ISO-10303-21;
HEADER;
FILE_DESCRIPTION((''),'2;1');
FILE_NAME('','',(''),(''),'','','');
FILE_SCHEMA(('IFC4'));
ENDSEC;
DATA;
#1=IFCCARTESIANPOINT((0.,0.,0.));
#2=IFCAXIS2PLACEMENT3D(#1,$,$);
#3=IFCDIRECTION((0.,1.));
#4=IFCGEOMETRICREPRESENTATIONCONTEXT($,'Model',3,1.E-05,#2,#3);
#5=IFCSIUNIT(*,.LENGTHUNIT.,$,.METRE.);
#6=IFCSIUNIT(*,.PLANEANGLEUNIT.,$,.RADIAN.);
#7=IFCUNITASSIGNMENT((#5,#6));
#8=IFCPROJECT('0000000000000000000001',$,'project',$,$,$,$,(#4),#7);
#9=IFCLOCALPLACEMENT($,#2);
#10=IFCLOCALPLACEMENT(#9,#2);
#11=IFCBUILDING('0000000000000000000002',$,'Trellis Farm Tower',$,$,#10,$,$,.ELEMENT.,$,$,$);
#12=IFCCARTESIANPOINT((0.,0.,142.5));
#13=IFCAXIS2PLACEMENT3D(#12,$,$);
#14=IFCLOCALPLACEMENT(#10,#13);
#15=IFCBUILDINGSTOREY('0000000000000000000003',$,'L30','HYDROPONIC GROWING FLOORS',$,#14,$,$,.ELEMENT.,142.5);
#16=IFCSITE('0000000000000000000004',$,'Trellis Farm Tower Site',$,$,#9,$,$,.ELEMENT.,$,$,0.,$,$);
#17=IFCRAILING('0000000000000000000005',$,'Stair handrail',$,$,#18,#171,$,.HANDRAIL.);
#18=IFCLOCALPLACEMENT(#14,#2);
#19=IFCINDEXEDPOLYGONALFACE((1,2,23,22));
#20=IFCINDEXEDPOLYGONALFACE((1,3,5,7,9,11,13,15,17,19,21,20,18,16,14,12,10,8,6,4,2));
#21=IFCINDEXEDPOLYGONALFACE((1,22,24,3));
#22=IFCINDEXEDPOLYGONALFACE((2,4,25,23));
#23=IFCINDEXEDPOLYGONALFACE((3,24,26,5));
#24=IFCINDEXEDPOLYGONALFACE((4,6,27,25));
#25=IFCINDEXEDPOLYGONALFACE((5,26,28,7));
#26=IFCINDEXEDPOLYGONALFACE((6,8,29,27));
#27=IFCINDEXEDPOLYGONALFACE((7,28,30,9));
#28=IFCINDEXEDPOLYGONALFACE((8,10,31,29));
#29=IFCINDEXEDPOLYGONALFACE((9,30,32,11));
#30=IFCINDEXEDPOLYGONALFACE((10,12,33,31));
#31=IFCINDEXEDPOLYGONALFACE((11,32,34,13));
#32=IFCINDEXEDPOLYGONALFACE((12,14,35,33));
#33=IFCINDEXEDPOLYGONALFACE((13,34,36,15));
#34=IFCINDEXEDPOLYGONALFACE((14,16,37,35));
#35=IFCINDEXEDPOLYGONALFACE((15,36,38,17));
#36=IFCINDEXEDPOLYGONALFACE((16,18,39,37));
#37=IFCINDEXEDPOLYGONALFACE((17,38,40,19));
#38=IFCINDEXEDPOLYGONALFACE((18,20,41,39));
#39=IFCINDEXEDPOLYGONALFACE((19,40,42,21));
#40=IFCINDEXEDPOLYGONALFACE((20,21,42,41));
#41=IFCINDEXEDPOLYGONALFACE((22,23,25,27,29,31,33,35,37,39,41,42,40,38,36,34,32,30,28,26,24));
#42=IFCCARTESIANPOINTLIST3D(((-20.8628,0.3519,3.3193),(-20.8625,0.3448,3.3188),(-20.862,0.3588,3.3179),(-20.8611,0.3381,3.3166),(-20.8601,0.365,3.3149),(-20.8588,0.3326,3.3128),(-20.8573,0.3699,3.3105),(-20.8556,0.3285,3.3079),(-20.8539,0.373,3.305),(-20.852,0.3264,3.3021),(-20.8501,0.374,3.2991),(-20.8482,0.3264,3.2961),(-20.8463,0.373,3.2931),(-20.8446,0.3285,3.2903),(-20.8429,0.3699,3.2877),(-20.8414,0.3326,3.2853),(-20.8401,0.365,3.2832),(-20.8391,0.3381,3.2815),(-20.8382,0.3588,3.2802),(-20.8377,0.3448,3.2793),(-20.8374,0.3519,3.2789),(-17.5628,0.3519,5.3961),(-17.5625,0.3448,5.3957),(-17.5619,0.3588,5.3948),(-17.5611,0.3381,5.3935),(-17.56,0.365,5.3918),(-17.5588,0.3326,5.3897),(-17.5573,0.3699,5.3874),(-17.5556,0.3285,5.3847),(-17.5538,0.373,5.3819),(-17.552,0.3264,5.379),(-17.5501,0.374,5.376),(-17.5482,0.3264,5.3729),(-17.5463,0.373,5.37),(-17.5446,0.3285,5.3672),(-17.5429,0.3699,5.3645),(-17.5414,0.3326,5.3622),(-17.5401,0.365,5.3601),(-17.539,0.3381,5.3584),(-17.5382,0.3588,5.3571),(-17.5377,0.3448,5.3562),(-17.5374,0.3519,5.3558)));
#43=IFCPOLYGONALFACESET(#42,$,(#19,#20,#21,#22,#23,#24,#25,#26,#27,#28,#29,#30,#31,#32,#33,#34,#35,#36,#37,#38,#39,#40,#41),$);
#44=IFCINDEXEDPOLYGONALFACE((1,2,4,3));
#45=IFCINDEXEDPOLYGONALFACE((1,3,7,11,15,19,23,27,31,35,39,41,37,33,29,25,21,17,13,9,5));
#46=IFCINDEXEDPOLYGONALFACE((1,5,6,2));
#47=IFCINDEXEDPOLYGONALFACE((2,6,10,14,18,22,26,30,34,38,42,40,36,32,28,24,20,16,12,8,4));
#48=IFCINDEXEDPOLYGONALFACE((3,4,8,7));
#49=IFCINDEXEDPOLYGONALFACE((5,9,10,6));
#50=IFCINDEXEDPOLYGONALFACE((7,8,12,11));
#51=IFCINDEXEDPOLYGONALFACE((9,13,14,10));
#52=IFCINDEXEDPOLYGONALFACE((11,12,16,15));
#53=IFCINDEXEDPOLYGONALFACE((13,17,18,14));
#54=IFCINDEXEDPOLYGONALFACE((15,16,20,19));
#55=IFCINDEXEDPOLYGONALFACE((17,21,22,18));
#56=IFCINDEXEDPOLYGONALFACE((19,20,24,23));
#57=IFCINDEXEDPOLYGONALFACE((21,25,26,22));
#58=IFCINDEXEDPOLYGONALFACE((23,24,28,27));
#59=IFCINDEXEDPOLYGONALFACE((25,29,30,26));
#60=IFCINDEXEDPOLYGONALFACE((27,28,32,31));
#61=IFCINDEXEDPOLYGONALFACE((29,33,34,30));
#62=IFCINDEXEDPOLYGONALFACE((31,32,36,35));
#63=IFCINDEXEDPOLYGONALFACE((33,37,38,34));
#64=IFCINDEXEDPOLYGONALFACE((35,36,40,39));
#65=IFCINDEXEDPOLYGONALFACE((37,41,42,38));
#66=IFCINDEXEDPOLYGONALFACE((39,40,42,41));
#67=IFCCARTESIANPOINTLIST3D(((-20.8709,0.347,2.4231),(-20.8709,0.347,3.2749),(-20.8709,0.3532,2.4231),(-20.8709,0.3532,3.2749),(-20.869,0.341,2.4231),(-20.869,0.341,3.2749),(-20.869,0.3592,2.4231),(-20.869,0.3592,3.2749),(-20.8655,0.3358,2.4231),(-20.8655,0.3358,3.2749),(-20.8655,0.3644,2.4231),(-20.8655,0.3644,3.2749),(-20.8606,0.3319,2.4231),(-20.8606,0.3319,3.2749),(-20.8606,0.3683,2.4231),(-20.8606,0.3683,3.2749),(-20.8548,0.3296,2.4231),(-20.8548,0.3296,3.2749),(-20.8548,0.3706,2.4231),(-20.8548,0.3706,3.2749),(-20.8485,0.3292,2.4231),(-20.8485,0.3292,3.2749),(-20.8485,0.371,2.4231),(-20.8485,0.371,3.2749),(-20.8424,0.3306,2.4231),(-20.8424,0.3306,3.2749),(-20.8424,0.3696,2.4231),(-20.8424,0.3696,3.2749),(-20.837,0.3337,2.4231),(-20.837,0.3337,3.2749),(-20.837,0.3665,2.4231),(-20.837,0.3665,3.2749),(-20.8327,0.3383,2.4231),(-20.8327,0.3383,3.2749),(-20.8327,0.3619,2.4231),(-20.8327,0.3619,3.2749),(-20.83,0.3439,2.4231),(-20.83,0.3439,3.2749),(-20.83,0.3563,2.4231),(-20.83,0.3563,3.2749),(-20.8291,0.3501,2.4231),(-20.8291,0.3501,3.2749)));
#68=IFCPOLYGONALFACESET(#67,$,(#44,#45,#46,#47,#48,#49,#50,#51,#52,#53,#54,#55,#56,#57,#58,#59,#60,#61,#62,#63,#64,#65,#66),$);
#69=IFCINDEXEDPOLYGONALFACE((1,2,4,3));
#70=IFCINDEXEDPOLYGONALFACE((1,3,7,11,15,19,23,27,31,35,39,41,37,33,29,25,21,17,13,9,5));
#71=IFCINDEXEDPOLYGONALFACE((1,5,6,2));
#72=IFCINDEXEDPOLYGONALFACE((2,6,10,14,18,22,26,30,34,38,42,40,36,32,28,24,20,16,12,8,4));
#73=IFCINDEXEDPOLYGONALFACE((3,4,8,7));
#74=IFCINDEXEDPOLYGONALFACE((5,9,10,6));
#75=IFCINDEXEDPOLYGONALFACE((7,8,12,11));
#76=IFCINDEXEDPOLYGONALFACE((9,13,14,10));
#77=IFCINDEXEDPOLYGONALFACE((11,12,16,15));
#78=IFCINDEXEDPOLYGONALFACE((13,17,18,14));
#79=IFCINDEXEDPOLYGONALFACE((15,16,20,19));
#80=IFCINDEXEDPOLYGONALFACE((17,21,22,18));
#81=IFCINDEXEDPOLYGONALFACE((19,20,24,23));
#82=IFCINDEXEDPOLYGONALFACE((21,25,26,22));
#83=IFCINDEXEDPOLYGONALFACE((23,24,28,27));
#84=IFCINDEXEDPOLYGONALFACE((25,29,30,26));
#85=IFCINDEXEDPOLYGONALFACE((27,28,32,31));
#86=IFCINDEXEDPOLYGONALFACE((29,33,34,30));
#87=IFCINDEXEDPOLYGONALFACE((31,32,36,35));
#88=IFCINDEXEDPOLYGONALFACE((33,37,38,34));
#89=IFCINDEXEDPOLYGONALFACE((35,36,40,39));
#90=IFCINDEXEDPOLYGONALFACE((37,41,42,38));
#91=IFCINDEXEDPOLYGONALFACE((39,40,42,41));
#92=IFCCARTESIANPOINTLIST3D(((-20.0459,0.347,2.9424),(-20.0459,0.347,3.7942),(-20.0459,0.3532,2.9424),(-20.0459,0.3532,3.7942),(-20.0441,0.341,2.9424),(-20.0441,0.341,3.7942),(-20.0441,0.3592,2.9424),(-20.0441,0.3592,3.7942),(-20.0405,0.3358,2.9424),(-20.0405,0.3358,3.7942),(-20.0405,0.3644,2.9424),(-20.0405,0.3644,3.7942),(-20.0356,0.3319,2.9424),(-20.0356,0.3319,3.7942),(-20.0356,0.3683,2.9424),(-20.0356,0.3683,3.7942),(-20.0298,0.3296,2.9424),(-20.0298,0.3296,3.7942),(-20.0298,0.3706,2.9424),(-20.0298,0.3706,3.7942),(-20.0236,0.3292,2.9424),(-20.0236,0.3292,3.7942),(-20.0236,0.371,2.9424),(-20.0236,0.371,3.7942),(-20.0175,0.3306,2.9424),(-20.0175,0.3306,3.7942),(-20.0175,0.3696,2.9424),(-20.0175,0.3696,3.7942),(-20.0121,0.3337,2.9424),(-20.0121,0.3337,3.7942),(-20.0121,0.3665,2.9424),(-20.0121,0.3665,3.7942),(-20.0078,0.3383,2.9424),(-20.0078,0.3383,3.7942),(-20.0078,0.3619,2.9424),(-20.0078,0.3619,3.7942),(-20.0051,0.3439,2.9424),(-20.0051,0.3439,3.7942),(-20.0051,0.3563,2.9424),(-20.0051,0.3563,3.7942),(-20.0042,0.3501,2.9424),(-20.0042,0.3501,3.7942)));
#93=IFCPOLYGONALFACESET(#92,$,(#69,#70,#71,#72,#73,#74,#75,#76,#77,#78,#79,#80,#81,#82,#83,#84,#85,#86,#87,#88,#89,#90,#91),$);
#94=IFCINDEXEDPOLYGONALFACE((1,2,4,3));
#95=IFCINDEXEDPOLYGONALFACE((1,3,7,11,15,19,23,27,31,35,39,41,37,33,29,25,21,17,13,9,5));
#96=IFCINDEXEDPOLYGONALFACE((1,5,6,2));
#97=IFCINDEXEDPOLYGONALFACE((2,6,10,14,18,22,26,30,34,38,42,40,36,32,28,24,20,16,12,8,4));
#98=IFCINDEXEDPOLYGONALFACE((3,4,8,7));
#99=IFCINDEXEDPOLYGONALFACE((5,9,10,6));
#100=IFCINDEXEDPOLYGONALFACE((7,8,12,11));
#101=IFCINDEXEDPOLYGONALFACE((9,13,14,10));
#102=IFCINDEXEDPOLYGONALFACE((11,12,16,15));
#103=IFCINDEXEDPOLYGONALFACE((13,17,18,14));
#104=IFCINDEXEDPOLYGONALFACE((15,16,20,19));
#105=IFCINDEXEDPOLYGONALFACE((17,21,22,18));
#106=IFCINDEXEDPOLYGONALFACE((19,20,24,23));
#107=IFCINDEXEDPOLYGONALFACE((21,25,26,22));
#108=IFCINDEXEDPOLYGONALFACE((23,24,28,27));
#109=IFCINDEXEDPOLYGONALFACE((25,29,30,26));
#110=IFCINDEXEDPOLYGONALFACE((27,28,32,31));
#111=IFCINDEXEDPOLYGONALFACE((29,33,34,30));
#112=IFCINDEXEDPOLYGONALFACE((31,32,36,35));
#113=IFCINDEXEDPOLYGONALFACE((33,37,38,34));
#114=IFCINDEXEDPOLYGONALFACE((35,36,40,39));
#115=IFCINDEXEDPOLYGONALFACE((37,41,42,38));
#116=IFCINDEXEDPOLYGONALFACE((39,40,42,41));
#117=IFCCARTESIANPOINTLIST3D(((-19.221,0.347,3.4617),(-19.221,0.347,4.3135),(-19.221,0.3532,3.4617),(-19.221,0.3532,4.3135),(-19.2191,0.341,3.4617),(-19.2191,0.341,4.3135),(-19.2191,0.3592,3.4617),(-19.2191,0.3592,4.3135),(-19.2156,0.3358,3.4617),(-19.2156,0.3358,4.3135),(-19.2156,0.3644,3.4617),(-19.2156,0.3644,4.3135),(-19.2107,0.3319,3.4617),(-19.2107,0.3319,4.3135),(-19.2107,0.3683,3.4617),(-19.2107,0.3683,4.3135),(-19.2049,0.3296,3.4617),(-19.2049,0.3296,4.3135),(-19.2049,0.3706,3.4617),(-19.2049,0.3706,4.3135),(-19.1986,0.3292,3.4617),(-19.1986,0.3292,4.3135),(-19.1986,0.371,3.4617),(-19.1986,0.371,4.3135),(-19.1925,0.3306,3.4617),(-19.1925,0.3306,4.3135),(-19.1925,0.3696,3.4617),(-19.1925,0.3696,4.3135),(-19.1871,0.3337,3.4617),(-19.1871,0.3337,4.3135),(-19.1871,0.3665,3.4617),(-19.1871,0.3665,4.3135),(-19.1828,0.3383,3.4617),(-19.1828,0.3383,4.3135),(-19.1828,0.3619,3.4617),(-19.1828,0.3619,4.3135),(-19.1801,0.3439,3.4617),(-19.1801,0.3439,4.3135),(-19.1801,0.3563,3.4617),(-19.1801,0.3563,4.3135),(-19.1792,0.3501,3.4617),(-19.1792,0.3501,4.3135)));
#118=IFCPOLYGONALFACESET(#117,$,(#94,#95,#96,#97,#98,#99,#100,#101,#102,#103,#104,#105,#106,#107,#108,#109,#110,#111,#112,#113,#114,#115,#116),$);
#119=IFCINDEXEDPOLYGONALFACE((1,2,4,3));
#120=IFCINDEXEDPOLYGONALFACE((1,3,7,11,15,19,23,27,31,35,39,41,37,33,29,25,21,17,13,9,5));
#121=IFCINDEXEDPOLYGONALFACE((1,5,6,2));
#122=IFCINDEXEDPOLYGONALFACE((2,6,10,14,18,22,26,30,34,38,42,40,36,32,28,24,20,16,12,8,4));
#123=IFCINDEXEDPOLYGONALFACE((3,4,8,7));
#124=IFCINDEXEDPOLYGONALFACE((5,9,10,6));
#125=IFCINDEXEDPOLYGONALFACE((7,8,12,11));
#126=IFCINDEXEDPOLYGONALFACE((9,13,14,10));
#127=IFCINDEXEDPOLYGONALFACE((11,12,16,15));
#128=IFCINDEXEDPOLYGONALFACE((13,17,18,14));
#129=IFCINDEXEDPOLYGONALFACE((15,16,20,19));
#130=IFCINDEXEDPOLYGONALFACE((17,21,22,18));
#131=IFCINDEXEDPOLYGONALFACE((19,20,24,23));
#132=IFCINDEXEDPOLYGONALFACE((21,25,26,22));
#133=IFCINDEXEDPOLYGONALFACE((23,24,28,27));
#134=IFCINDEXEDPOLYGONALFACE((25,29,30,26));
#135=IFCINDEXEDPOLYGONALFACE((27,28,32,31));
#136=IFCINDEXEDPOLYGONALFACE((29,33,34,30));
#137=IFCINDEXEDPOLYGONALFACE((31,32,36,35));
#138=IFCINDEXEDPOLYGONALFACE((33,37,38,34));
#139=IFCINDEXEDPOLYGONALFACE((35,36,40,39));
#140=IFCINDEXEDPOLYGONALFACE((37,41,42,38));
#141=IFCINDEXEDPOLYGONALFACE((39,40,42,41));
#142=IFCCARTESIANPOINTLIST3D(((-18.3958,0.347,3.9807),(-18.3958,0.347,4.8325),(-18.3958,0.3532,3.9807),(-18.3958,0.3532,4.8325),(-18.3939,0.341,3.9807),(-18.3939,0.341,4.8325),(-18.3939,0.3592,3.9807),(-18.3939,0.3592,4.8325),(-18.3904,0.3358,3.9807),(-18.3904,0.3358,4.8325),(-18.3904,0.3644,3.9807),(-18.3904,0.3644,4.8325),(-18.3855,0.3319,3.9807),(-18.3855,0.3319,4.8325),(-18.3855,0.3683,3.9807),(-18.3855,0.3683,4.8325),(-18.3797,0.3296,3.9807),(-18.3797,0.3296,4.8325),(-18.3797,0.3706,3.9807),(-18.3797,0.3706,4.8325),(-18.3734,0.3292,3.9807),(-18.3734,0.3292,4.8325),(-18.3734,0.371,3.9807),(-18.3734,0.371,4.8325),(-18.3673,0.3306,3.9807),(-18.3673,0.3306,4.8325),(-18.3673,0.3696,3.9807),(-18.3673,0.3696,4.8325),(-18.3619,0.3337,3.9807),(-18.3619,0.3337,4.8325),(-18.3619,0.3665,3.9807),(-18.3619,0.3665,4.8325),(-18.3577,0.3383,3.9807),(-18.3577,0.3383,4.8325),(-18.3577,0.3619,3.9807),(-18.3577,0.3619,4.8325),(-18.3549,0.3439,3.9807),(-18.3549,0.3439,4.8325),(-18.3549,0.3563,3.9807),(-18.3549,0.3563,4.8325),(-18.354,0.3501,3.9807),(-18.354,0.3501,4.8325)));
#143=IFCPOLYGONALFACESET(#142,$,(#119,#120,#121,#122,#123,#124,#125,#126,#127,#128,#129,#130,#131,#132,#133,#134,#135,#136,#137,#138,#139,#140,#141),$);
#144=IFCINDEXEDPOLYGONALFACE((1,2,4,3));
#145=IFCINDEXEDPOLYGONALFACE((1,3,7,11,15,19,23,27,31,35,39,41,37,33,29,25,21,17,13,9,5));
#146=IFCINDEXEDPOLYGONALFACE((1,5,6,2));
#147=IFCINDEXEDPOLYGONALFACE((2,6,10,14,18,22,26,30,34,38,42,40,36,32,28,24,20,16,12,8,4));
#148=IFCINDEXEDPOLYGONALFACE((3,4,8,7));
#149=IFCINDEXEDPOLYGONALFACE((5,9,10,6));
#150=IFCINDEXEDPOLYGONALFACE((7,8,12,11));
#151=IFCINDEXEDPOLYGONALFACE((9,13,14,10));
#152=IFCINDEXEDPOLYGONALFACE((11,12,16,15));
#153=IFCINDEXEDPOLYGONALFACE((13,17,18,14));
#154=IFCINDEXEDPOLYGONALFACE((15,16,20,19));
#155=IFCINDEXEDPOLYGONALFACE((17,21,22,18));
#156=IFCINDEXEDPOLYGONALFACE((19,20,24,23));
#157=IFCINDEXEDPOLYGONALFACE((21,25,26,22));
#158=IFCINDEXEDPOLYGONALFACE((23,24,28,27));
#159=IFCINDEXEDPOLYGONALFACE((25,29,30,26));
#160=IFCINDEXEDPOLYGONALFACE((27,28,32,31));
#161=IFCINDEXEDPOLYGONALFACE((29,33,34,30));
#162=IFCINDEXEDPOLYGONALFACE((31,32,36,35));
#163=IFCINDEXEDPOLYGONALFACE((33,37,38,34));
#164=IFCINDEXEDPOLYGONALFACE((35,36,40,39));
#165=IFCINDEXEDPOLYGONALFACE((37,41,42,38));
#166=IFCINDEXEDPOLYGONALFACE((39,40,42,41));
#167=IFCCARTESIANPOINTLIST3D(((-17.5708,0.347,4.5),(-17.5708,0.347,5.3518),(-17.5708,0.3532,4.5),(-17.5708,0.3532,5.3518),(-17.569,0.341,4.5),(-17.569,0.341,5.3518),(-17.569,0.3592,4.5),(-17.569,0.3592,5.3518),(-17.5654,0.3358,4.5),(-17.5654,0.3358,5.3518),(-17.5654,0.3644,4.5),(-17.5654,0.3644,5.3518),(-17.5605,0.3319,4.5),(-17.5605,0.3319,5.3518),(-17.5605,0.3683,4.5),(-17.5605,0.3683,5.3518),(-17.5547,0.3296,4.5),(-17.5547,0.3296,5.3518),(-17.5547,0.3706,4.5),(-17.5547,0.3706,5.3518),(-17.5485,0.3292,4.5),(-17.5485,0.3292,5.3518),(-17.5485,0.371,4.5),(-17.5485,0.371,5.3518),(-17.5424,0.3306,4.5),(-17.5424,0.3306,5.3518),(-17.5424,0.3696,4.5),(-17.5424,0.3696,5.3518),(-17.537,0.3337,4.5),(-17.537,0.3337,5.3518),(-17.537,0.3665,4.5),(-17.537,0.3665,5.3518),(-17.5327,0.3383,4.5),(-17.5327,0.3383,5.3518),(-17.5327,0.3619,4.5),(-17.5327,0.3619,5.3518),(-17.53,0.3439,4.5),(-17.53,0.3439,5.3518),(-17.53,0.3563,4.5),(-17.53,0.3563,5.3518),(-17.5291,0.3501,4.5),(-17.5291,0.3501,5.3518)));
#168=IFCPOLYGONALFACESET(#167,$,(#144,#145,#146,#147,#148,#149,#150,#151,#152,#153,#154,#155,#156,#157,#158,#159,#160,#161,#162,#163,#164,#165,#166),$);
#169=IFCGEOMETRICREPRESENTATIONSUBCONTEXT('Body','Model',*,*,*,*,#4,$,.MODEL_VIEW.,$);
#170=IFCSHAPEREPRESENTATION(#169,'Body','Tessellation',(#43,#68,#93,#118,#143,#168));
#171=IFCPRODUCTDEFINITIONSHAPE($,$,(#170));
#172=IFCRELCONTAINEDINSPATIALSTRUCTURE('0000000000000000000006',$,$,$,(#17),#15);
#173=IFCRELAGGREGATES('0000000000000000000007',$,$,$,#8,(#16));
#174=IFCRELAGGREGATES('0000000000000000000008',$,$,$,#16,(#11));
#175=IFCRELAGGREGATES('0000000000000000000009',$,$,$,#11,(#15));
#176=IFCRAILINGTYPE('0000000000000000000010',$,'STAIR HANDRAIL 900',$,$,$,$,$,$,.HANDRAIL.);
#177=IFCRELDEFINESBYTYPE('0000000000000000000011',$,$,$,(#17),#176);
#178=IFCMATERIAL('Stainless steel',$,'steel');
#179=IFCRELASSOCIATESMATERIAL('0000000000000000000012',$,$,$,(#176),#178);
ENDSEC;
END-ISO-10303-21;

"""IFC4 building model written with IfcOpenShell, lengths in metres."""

from ifc_helpers import new_model, si_unit, direction, frame, origin, origin_2d, place, context, subcontext, project, spatial, circle, extrude, source, transform, mapped, material, type_object, element, save


model = new_model("IFC4")

# Units and contexts
model_context = context("Model", 3, precision=1e-05, world=origin(), true_north=direction((0.0, 1.0)))
body_context = subcontext(model_context, "Body", "Model", "MODEL_VIEW")
ifc_project = project(units=[si_unit("LENGTHUNIT", "METRE"), si_unit("PLANEANGLEUNIT", "RADIAN")], contexts=[model_context])

# Site, building, storey
site_placement = place(None, origin())
site = spatial("IfcSite", under=ifc_project, at=site_placement, Name="Trellis Farm Tower Site", CompositionType="ELEMENT", RefElevation=0.0)
building_placement = place(site_placement, origin())
building = spatial("IfcBuilding", under=site, at=building_placement, Name="Trellis Farm Tower", CompositionType="ELEMENT")
storey_placement = place(building_placement, frame((0.0, 0.0, 142.5)))
storey = spatial("IfcBuildingStorey", under=building, at=storey_placement, Name="L30", Description="HYDROPONIC GROWING FLOORS", CompositionType="ELEMENT", Elevation=142.5)

# Railing
ifc_material_1 = material(Name="Stainless steel", Category="steel")
railing_type = type_object("IfcRailingType", Name="STAIR HANDRAIL 900", PredefinedType="HANDRAIL", material=ifc_material_1)
shared_shape_1 = source(origin(), body_context, "Body", "SweptSolid", [
    extrude(circle(Radius=0.0239, at=origin_2d()), frame((0.0, 0.0, 0.876), z_axis=(0.846337, 0.0, 0.532647), x_axis=(0.0, 1.0, 0.0)), (0.0, 0.0, 1.0), 3.8992),
    extrude(circle(Radius=0.021, at=origin_2d()), origin(), (0.0, 0.0, 1.0), 0.8518),
    extrude(circle(Radius=0.021, at=origin_2d()), frame((0.825, 0.0, 0.5193)), (0.0, 0.0, 1.0), 0.8518),
    extrude(circle(Radius=0.021, at=origin_2d()), frame((1.6499, 0.0, 1.0386)), (0.0, 0.0, 1.0), 0.8518),
    extrude(circle(Radius=0.021, at=origin_2d()), frame((2.4751, 0.0, 1.5576)), (0.0, 0.0, 1.0), 0.8518),
    extrude(circle(Radius=0.021, at=origin_2d()), frame((3.3, 0.0, 2.0769)), (0.0, 0.0, 1.0), 0.8518),
])
for number, where, name in (
    (1, (-20.8501, 0.3501, 2.4231), "Stair handrail"),
):
    element("IfcRailing", number, at=place(storey_placement, frame(where)), inside=storey, type_object=railing_type, Name=name, PredefinedType="HANDRAIL", context=body_context, shape_type="MappedRepresentation", body=[
        mapped(shared_shape_1, transform((0.0, 0.0, 0.0))),
    ])

save(model, "model.ifc")
